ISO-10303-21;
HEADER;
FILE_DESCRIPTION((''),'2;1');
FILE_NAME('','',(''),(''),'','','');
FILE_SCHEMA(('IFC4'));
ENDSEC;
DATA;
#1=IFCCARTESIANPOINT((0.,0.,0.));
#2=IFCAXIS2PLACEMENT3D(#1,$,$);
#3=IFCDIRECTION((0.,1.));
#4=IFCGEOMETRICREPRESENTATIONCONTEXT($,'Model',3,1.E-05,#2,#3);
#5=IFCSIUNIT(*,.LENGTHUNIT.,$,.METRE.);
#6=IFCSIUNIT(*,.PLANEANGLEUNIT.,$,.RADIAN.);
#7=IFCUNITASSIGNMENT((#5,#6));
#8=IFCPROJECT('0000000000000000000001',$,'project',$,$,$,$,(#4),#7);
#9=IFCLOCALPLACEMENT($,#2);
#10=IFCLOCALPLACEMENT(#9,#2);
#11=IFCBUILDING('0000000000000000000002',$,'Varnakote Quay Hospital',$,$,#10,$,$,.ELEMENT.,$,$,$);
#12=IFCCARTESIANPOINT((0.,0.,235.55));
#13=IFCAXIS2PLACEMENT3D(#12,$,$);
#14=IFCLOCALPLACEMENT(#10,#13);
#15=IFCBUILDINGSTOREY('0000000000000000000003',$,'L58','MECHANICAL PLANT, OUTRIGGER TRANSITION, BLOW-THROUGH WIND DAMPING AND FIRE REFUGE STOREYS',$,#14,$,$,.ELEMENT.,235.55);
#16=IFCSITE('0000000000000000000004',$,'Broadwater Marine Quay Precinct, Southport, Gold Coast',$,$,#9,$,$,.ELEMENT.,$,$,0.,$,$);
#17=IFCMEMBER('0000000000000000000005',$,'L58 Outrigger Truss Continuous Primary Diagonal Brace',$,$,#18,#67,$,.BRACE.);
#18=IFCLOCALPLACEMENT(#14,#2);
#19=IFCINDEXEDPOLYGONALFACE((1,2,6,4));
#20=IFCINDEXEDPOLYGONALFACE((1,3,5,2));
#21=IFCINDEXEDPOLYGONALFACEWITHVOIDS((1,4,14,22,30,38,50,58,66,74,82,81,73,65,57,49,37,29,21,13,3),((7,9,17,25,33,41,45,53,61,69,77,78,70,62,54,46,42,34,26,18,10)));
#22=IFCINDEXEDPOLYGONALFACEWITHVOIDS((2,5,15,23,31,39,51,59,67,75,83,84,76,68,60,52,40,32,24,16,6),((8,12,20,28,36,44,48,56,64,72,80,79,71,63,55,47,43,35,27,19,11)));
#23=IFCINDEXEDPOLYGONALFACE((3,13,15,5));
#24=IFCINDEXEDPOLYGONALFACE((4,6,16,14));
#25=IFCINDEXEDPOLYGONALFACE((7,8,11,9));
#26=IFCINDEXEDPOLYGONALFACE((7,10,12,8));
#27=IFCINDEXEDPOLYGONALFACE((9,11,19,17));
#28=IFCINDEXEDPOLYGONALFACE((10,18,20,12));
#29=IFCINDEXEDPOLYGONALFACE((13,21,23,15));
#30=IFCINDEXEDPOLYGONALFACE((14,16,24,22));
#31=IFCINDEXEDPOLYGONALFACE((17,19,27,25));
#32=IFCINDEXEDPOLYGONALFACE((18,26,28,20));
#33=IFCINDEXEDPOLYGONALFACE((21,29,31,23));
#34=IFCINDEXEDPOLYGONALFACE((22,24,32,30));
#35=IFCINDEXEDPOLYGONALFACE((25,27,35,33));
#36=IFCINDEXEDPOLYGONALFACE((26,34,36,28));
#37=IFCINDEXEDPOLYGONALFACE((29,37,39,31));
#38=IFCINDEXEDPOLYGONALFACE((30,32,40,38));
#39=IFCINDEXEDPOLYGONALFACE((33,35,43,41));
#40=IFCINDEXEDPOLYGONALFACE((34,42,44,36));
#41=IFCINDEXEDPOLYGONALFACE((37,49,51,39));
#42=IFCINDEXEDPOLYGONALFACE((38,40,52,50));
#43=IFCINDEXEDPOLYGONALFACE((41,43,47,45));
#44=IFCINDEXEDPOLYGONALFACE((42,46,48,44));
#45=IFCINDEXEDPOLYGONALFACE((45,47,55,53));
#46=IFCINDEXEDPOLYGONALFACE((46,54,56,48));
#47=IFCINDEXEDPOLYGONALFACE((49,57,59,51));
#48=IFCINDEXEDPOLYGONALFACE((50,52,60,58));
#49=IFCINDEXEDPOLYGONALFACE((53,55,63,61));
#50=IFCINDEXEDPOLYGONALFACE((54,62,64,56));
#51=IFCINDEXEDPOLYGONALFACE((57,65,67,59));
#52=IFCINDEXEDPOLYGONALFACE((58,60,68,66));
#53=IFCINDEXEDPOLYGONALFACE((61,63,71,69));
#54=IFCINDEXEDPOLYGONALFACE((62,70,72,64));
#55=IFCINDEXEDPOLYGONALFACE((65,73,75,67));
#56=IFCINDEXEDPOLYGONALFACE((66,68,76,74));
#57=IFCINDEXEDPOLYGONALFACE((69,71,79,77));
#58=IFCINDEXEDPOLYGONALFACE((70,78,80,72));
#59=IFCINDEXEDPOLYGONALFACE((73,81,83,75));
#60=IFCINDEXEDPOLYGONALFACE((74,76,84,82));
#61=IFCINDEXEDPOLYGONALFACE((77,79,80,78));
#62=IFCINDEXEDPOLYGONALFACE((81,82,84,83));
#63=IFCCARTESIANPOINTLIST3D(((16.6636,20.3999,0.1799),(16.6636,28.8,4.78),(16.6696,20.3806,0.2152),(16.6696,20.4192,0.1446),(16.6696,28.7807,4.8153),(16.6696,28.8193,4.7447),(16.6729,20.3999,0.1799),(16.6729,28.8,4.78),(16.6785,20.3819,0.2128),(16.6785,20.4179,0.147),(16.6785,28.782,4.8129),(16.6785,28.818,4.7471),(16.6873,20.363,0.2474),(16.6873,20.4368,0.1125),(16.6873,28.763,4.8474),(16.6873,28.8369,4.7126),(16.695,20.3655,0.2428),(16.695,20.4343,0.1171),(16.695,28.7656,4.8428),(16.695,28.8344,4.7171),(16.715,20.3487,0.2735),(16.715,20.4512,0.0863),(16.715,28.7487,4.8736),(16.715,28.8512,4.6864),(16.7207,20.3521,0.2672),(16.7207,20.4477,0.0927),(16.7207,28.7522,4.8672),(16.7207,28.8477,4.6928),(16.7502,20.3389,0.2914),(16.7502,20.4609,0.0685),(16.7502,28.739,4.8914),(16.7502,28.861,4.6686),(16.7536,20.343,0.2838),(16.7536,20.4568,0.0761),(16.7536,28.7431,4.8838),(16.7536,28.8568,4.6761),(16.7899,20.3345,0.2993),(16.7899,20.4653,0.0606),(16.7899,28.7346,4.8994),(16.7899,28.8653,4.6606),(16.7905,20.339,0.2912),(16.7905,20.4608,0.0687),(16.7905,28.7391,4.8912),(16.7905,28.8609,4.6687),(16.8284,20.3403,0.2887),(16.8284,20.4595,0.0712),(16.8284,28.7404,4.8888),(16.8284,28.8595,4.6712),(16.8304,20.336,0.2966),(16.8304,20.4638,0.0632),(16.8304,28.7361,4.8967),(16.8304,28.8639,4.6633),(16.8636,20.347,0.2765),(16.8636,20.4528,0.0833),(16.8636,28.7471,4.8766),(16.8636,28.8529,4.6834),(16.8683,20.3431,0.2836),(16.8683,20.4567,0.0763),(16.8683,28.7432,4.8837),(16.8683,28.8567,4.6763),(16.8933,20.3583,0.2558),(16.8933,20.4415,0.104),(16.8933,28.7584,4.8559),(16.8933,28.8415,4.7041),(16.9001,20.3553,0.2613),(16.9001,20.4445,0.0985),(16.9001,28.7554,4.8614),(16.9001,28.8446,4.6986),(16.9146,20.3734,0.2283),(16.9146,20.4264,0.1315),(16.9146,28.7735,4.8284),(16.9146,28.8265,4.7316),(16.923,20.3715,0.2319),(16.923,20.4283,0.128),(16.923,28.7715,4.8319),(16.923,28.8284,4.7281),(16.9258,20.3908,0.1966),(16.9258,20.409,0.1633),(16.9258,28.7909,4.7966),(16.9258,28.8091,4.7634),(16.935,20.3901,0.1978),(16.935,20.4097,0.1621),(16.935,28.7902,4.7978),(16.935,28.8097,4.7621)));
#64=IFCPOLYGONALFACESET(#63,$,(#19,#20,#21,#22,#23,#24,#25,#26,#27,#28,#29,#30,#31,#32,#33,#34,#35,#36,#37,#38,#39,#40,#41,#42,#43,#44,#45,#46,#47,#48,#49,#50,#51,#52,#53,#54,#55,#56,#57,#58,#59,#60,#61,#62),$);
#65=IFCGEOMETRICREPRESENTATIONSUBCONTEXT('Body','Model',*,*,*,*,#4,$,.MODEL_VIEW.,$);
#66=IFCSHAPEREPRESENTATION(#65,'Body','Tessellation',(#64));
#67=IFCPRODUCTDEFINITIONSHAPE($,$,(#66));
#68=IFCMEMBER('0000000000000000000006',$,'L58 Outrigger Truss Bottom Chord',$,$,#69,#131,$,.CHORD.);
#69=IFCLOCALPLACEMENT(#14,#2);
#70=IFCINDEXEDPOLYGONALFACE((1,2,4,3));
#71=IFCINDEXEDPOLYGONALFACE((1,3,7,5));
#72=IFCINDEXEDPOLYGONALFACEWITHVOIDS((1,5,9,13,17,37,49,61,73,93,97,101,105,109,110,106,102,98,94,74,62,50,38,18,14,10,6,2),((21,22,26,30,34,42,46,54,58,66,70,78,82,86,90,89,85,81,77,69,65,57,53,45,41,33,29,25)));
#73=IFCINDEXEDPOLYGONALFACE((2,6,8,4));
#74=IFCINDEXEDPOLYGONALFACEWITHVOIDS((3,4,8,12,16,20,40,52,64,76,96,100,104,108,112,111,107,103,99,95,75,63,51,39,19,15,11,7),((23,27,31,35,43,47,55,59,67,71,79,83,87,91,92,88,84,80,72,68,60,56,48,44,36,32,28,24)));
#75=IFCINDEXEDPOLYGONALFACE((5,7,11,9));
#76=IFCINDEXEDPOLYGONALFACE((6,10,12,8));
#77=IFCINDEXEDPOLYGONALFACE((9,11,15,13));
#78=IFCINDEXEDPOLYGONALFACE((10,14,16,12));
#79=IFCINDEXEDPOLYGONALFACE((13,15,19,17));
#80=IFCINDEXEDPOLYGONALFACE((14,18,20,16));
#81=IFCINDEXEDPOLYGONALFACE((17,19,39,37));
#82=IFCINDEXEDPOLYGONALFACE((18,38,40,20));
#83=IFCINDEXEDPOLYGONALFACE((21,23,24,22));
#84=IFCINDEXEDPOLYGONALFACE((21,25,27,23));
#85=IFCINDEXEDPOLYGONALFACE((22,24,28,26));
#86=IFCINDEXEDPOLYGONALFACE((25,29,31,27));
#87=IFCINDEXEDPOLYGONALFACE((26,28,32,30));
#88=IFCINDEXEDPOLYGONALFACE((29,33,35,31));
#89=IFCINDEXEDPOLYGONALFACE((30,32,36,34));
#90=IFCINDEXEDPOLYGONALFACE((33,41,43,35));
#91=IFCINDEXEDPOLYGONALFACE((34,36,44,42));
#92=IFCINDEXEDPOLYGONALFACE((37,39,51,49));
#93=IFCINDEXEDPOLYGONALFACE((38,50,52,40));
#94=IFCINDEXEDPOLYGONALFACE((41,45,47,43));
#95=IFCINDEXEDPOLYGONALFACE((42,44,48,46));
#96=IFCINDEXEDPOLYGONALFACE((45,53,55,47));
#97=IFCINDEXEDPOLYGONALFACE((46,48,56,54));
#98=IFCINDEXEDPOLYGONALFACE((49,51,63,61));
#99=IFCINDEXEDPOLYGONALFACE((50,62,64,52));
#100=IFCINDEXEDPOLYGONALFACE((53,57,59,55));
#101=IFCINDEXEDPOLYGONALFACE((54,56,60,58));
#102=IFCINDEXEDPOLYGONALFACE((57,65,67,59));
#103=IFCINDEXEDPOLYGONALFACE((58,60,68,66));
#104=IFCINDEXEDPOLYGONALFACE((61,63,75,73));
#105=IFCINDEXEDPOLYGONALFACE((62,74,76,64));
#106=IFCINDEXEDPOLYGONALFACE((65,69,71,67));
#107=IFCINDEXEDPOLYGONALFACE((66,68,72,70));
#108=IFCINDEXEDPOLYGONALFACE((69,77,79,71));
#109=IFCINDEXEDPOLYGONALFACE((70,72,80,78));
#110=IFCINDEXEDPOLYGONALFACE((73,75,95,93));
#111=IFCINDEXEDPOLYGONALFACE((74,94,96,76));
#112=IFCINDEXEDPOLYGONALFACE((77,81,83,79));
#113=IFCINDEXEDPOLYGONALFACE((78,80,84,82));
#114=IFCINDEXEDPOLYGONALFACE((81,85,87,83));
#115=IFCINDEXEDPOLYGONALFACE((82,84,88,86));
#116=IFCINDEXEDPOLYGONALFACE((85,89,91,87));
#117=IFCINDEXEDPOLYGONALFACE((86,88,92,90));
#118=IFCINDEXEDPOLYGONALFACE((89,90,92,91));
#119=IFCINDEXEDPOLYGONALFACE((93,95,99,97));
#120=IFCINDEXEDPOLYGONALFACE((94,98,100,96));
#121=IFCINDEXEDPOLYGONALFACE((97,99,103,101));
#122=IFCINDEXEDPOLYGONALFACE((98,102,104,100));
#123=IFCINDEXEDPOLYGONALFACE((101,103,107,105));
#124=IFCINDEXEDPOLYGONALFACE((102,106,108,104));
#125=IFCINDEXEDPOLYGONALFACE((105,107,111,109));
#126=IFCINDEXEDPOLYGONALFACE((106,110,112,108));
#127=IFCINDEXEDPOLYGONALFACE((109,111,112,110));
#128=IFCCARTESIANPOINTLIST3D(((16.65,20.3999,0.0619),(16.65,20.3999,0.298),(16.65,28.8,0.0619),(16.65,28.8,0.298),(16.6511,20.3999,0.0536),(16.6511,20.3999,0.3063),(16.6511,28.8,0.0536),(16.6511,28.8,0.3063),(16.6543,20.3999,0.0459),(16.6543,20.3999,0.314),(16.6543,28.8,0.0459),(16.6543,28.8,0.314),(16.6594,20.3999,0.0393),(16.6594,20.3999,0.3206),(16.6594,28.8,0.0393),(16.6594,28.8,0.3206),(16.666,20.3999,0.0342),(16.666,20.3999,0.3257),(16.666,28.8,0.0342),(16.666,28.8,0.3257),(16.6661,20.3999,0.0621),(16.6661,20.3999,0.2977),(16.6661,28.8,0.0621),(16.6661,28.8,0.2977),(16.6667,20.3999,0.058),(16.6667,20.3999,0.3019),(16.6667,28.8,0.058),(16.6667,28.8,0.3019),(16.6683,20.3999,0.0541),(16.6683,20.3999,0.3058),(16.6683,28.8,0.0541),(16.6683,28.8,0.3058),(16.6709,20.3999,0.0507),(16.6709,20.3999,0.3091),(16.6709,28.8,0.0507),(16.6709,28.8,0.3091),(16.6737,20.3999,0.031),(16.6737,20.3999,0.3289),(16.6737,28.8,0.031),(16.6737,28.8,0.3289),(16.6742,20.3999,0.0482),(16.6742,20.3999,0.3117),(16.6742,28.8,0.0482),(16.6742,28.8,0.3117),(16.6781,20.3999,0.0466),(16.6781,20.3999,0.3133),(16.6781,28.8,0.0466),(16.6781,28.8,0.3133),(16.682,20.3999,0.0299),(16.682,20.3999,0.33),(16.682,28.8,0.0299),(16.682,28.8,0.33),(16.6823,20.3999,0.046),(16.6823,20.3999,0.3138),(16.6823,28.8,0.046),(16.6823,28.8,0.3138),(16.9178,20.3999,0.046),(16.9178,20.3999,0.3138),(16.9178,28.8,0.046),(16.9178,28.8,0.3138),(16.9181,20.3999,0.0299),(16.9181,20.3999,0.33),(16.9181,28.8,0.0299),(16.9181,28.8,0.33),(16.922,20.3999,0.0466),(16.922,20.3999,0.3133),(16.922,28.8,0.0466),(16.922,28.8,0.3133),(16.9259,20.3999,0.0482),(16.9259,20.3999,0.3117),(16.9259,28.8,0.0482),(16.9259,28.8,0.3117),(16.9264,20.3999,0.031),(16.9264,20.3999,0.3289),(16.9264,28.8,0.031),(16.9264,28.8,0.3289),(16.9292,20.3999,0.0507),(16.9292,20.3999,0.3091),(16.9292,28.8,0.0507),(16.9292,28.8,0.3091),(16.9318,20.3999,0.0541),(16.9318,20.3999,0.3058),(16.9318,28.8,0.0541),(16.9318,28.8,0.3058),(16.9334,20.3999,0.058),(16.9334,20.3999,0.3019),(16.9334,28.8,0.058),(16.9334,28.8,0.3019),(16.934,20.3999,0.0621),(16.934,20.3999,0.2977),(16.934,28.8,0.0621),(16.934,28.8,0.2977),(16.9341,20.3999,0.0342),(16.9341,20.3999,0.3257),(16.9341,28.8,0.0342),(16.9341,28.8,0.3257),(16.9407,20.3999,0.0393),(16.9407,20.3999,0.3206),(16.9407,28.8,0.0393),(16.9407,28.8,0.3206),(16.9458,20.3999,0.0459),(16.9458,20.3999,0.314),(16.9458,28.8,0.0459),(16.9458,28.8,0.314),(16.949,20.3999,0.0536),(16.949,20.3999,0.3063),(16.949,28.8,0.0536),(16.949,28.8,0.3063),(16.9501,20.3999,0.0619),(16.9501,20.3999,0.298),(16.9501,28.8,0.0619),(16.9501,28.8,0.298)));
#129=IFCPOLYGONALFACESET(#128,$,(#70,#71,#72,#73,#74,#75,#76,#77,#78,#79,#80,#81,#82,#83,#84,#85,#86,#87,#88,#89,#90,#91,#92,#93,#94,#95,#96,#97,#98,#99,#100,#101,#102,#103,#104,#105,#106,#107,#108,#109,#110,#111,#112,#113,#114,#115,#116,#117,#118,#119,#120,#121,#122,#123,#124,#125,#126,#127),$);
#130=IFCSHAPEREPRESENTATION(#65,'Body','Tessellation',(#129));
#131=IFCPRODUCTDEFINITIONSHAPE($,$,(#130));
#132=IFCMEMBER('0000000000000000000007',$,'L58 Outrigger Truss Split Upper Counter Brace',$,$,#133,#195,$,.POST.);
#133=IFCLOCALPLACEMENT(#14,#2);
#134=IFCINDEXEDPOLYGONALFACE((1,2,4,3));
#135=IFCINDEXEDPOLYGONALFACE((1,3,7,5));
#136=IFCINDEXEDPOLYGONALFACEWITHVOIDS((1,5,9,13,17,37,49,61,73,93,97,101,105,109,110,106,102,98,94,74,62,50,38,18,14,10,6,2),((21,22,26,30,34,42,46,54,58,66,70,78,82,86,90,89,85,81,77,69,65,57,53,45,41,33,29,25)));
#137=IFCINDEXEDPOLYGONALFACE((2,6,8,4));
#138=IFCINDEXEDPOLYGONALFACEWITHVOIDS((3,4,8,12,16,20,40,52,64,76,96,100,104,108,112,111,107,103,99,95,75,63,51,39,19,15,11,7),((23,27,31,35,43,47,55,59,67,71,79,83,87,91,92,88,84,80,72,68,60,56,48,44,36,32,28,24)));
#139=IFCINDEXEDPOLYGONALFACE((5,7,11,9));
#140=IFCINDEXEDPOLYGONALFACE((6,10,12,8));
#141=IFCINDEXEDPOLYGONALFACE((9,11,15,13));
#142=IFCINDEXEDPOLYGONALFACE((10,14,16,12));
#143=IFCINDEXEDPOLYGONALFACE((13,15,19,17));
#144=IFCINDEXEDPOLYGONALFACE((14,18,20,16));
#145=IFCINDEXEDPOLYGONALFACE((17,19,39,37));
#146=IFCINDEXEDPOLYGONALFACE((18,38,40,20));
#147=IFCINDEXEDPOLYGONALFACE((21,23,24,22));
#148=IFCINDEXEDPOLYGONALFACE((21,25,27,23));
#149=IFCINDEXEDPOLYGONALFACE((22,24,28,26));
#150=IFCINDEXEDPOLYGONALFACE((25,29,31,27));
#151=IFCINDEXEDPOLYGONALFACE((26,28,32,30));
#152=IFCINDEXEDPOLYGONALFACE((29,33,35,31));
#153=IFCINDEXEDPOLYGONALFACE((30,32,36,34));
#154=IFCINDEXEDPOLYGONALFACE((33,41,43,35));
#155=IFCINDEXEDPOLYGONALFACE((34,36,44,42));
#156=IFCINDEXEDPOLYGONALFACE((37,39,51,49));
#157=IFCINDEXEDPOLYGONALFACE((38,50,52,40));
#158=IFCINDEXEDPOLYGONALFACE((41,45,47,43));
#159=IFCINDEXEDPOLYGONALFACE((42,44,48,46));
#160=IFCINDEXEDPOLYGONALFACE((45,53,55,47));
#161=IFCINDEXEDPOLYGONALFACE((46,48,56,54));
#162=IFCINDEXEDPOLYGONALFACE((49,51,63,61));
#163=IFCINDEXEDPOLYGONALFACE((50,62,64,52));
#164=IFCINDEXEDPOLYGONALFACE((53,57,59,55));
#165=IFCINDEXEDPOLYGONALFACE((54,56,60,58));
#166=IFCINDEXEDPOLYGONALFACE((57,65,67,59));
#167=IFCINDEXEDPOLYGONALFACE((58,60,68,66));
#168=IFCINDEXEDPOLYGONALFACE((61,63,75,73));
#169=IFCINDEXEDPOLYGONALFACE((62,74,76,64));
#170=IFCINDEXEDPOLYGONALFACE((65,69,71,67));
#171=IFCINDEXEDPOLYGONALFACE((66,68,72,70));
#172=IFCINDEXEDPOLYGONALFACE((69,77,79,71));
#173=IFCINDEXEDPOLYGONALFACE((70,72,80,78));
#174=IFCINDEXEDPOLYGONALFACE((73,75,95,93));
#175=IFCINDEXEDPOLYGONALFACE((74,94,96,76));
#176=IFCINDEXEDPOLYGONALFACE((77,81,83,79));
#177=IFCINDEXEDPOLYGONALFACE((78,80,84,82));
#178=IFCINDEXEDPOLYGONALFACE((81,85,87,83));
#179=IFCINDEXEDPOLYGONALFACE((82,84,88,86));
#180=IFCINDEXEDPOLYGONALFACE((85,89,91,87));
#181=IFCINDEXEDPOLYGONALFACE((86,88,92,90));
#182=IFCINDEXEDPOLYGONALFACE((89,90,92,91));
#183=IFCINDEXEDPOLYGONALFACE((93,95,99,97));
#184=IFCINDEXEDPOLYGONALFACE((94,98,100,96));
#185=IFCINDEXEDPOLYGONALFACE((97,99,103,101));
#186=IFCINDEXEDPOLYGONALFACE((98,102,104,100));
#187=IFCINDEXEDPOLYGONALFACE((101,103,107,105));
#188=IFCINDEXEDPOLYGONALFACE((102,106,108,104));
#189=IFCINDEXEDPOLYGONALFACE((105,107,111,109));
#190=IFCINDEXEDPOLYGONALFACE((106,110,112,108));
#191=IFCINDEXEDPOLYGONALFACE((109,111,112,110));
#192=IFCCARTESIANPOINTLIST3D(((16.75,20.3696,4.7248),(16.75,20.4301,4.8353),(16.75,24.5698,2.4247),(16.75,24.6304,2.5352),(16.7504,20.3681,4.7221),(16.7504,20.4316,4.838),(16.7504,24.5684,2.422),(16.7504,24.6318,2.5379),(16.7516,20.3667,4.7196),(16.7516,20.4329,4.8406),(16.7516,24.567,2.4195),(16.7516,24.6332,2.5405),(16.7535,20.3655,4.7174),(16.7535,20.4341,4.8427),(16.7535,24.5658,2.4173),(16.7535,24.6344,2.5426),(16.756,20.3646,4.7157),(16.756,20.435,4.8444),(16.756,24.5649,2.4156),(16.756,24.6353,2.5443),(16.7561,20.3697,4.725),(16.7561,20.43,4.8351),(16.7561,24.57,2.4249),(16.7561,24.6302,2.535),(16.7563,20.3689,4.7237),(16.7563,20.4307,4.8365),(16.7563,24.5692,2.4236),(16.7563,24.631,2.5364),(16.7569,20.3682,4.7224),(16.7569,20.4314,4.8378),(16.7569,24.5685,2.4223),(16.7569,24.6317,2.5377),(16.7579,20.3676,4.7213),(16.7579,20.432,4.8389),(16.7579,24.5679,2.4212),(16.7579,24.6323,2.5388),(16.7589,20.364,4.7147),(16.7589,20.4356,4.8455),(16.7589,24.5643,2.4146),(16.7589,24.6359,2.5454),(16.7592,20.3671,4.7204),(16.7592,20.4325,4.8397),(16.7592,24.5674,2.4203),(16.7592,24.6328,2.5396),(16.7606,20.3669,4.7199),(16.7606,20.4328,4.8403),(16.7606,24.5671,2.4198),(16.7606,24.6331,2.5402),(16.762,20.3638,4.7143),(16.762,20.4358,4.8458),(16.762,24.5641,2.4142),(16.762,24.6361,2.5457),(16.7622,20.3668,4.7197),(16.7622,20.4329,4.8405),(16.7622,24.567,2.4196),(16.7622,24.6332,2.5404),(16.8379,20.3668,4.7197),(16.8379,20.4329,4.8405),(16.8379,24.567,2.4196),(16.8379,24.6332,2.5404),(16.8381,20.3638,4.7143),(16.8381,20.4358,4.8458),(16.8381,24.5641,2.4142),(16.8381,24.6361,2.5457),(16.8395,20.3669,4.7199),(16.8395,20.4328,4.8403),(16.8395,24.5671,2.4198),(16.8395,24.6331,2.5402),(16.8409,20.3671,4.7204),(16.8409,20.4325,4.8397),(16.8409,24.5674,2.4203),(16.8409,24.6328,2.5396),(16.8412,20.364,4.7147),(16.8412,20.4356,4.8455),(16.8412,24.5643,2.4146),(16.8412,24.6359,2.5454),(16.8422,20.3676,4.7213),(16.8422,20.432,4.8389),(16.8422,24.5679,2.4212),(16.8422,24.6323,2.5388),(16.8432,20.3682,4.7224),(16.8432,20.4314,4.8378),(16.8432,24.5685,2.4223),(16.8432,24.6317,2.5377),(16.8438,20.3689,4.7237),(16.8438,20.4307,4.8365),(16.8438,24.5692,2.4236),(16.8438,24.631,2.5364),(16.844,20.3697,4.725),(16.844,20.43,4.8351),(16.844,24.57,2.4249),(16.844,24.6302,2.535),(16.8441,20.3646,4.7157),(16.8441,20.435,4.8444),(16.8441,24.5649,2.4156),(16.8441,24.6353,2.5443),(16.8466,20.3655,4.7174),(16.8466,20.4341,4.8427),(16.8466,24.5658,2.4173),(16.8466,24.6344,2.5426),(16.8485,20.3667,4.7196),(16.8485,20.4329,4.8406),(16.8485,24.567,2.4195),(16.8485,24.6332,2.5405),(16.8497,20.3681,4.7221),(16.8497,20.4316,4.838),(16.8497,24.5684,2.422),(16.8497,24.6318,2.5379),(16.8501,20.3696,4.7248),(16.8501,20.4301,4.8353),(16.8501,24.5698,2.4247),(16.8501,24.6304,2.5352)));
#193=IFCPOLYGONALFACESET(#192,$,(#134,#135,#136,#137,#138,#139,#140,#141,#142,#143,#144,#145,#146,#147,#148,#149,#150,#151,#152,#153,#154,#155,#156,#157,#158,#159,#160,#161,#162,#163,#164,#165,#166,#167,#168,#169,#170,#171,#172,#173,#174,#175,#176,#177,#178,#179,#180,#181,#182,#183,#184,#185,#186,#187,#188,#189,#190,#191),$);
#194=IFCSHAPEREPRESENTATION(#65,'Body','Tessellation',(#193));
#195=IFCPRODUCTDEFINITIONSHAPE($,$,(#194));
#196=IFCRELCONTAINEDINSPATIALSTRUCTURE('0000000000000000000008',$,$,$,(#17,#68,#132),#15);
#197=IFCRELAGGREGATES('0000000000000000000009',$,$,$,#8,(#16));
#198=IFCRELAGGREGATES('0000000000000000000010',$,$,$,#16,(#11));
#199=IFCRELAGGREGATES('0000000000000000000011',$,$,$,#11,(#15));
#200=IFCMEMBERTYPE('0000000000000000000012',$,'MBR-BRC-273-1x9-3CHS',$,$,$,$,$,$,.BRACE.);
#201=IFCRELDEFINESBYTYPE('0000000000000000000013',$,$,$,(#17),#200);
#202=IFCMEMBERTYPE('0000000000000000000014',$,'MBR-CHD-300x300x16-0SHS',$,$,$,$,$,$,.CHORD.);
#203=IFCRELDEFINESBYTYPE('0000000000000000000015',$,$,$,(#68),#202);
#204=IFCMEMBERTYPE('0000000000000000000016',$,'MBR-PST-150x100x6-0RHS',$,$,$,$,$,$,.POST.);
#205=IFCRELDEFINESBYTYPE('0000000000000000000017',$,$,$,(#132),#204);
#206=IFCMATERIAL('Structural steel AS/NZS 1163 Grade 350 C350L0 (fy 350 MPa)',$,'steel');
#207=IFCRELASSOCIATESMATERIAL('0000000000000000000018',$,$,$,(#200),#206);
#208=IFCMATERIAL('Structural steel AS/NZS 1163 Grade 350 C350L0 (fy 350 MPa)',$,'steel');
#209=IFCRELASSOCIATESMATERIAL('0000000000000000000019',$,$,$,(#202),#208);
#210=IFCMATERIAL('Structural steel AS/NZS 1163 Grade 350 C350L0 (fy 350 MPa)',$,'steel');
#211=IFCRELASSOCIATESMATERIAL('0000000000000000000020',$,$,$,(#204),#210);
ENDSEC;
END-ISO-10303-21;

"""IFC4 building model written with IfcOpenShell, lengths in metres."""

from ifc_helpers import new_model, si_unit, direction, frame, origin, origin_2d, place, context, subcontext, project, spatial, hollow_rectangle, hollow_circle, extrude, material, material_profile, profile_set, type_object, element, save


model = new_model("IFC4")

# Units and contexts
model_context = context("Model", 3, precision=1e-05, world=origin(), true_north=direction((0.0, 1.0)))
body_context = subcontext(model_context, "Body", "Model", "MODEL_VIEW")
ifc_project = project(units=[si_unit("LENGTHUNIT", "METRE"), si_unit("PLANEANGLEUNIT", "RADIAN")], contexts=[model_context])

# Site, building, storey
site_placement = place(None, origin())
site = spatial("IfcSite", under=ifc_project, at=site_placement, Name="Broadwater Marine Quay Precinct, Southport, Gold Coast", CompositionType="ELEMENT", RefElevation=0.0)
building_placement = place(site_placement, origin())
building = spatial("IfcBuilding", under=site, at=building_placement, Name="Varnakote Quay Hospital", CompositionType="ELEMENT")
storey_placement = place(building_placement, frame((0.0, 0.0, 235.55)))
storey = spatial("IfcBuildingStorey", under=building, at=storey_placement, Name="L58", Description="MECHANICAL PLANT, OUTRIGGER TRANSITION, BLOW-THROUGH WIND DAMPING AND FIRE REFUGE STOREYS", CompositionType="ELEMENT", Elevation=235.55)

# Members
ifc_material_1 = material(Name="Structural steel AS/NZS 1163 Grade 350 C350L0 (fy 350 MPa)", Category="steel")
ifc_material_profile_1 = material_profile(ifc_material_1, hollow_circle(Radius=0.1365, WallThickness=0.0093, at=origin_2d()), Name="273.1x9.3CHS")
ifc_profile_set_1 = profile_set([ifc_material_profile_1], Name="Structural steel AS/NZS 1163 Grade 350 C350L0 (fy 350 MPa)")
member_type_1 = type_object("IfcMemberType", Name="MBR-BRC-273-1x9-3CHS", PredefinedType="BRACE", material=ifc_profile_set_1)
member_1_placement = place(storey_placement, frame((16.8, 20.3999, 0.1799), z_axis=(0.0, 0.877096, 0.480316), x_axis=(-1.0, 0.0, 0.0)))
element("IfcMember", 1, at=member_1_placement, inside=storey, type_object=member_type_1, Name="L58 Outrigger Truss Continuous Primary Diagonal Brace", PredefinedType="BRACE", context=body_context, shape_type="SweptSolid", body=[
    extrude(hollow_circle(Radius=0.1365, WallThickness=0.0093, at=origin_2d()), origin(), (0.0, 0.0, 1.0), 9.5771),
])
ifc_material_2 = material(Name="Structural steel AS/NZS 1163 Grade 350 C350L0 (fy 350 MPa)", Category="steel")
ifc_material_profile_2 = material_profile(ifc_material_2, hollow_rectangle(XDim=0.3, YDim=0.3, WallThickness=0.0161, InnerFilletRadius=0.0161, OuterFilletRadius=0.032, at=origin_2d()), Name="300x300x16.0SHS")
ifc_profile_set_2 = profile_set([ifc_material_profile_2], Name="Structural steel AS/NZS 1163 Grade 350 C350L0 (fy 350 MPa)")
member_type_2 = type_object("IfcMemberType", Name="MBR-CHD-300x300x16-0SHS", PredefinedType="CHORD", material=ifc_profile_set_2)
member_2_placement = place(storey_placement, frame((16.8, 20.3999, 0.1799), z_axis=(0.0, 1.0, 0.0), x_axis=(-1.0, 0.0, 0.0)))
element("IfcMember", 2, at=member_2_placement, inside=storey, type_object=member_type_2, Name="L58 Outrigger Truss Bottom Chord", PredefinedType="CHORD", context=body_context, shape_type="SweptSolid", body=[
    extrude(hollow_rectangle(XDim=0.3, YDim=0.3, WallThickness=0.0161, InnerFilletRadius=0.0161, OuterFilletRadius=0.032, at=origin_2d()), origin(), (0.0, 0.0, 1.0), 8.4001),
])
ifc_material_3 = material(Name="Structural steel AS/NZS 1163 Grade 350 C350L0 (fy 350 MPa)", Category="steel")
ifc_material_profile_3 = material_profile(ifc_material_3, hollow_rectangle(XDim=0.1001, YDim=0.1499, WallThickness=0.0061, InnerFilletRadius=0.0061, OuterFilletRadius=0.012, at=origin_2d()), Name="150x100x6.0RHS")
ifc_profile_set_3 = profile_set([ifc_material_profile_3], Name="Structural steel AS/NZS 1163 Grade 350 C350L0 (fy 350 MPa)")
member_type_3 = type_object("IfcMemberType", Name="MBR-PST-150x100x6-0RHS", PredefinedType="POST", material=ifc_profile_set_3)
member_3_placement = place(storey_placement, frame((16.8, 24.6001, 2.48), z_axis=(0.0, -0.877101, 0.480305), x_axis=(1.0, 0.0, 0.0)))
element("IfcMember", 3, at=member_3_placement, inside=storey, type_object=member_type_3, Name="L58 Outrigger Truss Split Upper Counter Brace", PredefinedType="POST", context=body_context, shape_type="SweptSolid", body=[
    extrude(hollow_rectangle(XDim=0.1001, YDim=0.1499, WallThickness=0.0061, InnerFilletRadius=0.0061, OuterFilletRadius=0.012, at=origin_2d()), origin(), (0.0, 0.0, 1.0), 4.7888),
])

save(model, "model.ifc")
